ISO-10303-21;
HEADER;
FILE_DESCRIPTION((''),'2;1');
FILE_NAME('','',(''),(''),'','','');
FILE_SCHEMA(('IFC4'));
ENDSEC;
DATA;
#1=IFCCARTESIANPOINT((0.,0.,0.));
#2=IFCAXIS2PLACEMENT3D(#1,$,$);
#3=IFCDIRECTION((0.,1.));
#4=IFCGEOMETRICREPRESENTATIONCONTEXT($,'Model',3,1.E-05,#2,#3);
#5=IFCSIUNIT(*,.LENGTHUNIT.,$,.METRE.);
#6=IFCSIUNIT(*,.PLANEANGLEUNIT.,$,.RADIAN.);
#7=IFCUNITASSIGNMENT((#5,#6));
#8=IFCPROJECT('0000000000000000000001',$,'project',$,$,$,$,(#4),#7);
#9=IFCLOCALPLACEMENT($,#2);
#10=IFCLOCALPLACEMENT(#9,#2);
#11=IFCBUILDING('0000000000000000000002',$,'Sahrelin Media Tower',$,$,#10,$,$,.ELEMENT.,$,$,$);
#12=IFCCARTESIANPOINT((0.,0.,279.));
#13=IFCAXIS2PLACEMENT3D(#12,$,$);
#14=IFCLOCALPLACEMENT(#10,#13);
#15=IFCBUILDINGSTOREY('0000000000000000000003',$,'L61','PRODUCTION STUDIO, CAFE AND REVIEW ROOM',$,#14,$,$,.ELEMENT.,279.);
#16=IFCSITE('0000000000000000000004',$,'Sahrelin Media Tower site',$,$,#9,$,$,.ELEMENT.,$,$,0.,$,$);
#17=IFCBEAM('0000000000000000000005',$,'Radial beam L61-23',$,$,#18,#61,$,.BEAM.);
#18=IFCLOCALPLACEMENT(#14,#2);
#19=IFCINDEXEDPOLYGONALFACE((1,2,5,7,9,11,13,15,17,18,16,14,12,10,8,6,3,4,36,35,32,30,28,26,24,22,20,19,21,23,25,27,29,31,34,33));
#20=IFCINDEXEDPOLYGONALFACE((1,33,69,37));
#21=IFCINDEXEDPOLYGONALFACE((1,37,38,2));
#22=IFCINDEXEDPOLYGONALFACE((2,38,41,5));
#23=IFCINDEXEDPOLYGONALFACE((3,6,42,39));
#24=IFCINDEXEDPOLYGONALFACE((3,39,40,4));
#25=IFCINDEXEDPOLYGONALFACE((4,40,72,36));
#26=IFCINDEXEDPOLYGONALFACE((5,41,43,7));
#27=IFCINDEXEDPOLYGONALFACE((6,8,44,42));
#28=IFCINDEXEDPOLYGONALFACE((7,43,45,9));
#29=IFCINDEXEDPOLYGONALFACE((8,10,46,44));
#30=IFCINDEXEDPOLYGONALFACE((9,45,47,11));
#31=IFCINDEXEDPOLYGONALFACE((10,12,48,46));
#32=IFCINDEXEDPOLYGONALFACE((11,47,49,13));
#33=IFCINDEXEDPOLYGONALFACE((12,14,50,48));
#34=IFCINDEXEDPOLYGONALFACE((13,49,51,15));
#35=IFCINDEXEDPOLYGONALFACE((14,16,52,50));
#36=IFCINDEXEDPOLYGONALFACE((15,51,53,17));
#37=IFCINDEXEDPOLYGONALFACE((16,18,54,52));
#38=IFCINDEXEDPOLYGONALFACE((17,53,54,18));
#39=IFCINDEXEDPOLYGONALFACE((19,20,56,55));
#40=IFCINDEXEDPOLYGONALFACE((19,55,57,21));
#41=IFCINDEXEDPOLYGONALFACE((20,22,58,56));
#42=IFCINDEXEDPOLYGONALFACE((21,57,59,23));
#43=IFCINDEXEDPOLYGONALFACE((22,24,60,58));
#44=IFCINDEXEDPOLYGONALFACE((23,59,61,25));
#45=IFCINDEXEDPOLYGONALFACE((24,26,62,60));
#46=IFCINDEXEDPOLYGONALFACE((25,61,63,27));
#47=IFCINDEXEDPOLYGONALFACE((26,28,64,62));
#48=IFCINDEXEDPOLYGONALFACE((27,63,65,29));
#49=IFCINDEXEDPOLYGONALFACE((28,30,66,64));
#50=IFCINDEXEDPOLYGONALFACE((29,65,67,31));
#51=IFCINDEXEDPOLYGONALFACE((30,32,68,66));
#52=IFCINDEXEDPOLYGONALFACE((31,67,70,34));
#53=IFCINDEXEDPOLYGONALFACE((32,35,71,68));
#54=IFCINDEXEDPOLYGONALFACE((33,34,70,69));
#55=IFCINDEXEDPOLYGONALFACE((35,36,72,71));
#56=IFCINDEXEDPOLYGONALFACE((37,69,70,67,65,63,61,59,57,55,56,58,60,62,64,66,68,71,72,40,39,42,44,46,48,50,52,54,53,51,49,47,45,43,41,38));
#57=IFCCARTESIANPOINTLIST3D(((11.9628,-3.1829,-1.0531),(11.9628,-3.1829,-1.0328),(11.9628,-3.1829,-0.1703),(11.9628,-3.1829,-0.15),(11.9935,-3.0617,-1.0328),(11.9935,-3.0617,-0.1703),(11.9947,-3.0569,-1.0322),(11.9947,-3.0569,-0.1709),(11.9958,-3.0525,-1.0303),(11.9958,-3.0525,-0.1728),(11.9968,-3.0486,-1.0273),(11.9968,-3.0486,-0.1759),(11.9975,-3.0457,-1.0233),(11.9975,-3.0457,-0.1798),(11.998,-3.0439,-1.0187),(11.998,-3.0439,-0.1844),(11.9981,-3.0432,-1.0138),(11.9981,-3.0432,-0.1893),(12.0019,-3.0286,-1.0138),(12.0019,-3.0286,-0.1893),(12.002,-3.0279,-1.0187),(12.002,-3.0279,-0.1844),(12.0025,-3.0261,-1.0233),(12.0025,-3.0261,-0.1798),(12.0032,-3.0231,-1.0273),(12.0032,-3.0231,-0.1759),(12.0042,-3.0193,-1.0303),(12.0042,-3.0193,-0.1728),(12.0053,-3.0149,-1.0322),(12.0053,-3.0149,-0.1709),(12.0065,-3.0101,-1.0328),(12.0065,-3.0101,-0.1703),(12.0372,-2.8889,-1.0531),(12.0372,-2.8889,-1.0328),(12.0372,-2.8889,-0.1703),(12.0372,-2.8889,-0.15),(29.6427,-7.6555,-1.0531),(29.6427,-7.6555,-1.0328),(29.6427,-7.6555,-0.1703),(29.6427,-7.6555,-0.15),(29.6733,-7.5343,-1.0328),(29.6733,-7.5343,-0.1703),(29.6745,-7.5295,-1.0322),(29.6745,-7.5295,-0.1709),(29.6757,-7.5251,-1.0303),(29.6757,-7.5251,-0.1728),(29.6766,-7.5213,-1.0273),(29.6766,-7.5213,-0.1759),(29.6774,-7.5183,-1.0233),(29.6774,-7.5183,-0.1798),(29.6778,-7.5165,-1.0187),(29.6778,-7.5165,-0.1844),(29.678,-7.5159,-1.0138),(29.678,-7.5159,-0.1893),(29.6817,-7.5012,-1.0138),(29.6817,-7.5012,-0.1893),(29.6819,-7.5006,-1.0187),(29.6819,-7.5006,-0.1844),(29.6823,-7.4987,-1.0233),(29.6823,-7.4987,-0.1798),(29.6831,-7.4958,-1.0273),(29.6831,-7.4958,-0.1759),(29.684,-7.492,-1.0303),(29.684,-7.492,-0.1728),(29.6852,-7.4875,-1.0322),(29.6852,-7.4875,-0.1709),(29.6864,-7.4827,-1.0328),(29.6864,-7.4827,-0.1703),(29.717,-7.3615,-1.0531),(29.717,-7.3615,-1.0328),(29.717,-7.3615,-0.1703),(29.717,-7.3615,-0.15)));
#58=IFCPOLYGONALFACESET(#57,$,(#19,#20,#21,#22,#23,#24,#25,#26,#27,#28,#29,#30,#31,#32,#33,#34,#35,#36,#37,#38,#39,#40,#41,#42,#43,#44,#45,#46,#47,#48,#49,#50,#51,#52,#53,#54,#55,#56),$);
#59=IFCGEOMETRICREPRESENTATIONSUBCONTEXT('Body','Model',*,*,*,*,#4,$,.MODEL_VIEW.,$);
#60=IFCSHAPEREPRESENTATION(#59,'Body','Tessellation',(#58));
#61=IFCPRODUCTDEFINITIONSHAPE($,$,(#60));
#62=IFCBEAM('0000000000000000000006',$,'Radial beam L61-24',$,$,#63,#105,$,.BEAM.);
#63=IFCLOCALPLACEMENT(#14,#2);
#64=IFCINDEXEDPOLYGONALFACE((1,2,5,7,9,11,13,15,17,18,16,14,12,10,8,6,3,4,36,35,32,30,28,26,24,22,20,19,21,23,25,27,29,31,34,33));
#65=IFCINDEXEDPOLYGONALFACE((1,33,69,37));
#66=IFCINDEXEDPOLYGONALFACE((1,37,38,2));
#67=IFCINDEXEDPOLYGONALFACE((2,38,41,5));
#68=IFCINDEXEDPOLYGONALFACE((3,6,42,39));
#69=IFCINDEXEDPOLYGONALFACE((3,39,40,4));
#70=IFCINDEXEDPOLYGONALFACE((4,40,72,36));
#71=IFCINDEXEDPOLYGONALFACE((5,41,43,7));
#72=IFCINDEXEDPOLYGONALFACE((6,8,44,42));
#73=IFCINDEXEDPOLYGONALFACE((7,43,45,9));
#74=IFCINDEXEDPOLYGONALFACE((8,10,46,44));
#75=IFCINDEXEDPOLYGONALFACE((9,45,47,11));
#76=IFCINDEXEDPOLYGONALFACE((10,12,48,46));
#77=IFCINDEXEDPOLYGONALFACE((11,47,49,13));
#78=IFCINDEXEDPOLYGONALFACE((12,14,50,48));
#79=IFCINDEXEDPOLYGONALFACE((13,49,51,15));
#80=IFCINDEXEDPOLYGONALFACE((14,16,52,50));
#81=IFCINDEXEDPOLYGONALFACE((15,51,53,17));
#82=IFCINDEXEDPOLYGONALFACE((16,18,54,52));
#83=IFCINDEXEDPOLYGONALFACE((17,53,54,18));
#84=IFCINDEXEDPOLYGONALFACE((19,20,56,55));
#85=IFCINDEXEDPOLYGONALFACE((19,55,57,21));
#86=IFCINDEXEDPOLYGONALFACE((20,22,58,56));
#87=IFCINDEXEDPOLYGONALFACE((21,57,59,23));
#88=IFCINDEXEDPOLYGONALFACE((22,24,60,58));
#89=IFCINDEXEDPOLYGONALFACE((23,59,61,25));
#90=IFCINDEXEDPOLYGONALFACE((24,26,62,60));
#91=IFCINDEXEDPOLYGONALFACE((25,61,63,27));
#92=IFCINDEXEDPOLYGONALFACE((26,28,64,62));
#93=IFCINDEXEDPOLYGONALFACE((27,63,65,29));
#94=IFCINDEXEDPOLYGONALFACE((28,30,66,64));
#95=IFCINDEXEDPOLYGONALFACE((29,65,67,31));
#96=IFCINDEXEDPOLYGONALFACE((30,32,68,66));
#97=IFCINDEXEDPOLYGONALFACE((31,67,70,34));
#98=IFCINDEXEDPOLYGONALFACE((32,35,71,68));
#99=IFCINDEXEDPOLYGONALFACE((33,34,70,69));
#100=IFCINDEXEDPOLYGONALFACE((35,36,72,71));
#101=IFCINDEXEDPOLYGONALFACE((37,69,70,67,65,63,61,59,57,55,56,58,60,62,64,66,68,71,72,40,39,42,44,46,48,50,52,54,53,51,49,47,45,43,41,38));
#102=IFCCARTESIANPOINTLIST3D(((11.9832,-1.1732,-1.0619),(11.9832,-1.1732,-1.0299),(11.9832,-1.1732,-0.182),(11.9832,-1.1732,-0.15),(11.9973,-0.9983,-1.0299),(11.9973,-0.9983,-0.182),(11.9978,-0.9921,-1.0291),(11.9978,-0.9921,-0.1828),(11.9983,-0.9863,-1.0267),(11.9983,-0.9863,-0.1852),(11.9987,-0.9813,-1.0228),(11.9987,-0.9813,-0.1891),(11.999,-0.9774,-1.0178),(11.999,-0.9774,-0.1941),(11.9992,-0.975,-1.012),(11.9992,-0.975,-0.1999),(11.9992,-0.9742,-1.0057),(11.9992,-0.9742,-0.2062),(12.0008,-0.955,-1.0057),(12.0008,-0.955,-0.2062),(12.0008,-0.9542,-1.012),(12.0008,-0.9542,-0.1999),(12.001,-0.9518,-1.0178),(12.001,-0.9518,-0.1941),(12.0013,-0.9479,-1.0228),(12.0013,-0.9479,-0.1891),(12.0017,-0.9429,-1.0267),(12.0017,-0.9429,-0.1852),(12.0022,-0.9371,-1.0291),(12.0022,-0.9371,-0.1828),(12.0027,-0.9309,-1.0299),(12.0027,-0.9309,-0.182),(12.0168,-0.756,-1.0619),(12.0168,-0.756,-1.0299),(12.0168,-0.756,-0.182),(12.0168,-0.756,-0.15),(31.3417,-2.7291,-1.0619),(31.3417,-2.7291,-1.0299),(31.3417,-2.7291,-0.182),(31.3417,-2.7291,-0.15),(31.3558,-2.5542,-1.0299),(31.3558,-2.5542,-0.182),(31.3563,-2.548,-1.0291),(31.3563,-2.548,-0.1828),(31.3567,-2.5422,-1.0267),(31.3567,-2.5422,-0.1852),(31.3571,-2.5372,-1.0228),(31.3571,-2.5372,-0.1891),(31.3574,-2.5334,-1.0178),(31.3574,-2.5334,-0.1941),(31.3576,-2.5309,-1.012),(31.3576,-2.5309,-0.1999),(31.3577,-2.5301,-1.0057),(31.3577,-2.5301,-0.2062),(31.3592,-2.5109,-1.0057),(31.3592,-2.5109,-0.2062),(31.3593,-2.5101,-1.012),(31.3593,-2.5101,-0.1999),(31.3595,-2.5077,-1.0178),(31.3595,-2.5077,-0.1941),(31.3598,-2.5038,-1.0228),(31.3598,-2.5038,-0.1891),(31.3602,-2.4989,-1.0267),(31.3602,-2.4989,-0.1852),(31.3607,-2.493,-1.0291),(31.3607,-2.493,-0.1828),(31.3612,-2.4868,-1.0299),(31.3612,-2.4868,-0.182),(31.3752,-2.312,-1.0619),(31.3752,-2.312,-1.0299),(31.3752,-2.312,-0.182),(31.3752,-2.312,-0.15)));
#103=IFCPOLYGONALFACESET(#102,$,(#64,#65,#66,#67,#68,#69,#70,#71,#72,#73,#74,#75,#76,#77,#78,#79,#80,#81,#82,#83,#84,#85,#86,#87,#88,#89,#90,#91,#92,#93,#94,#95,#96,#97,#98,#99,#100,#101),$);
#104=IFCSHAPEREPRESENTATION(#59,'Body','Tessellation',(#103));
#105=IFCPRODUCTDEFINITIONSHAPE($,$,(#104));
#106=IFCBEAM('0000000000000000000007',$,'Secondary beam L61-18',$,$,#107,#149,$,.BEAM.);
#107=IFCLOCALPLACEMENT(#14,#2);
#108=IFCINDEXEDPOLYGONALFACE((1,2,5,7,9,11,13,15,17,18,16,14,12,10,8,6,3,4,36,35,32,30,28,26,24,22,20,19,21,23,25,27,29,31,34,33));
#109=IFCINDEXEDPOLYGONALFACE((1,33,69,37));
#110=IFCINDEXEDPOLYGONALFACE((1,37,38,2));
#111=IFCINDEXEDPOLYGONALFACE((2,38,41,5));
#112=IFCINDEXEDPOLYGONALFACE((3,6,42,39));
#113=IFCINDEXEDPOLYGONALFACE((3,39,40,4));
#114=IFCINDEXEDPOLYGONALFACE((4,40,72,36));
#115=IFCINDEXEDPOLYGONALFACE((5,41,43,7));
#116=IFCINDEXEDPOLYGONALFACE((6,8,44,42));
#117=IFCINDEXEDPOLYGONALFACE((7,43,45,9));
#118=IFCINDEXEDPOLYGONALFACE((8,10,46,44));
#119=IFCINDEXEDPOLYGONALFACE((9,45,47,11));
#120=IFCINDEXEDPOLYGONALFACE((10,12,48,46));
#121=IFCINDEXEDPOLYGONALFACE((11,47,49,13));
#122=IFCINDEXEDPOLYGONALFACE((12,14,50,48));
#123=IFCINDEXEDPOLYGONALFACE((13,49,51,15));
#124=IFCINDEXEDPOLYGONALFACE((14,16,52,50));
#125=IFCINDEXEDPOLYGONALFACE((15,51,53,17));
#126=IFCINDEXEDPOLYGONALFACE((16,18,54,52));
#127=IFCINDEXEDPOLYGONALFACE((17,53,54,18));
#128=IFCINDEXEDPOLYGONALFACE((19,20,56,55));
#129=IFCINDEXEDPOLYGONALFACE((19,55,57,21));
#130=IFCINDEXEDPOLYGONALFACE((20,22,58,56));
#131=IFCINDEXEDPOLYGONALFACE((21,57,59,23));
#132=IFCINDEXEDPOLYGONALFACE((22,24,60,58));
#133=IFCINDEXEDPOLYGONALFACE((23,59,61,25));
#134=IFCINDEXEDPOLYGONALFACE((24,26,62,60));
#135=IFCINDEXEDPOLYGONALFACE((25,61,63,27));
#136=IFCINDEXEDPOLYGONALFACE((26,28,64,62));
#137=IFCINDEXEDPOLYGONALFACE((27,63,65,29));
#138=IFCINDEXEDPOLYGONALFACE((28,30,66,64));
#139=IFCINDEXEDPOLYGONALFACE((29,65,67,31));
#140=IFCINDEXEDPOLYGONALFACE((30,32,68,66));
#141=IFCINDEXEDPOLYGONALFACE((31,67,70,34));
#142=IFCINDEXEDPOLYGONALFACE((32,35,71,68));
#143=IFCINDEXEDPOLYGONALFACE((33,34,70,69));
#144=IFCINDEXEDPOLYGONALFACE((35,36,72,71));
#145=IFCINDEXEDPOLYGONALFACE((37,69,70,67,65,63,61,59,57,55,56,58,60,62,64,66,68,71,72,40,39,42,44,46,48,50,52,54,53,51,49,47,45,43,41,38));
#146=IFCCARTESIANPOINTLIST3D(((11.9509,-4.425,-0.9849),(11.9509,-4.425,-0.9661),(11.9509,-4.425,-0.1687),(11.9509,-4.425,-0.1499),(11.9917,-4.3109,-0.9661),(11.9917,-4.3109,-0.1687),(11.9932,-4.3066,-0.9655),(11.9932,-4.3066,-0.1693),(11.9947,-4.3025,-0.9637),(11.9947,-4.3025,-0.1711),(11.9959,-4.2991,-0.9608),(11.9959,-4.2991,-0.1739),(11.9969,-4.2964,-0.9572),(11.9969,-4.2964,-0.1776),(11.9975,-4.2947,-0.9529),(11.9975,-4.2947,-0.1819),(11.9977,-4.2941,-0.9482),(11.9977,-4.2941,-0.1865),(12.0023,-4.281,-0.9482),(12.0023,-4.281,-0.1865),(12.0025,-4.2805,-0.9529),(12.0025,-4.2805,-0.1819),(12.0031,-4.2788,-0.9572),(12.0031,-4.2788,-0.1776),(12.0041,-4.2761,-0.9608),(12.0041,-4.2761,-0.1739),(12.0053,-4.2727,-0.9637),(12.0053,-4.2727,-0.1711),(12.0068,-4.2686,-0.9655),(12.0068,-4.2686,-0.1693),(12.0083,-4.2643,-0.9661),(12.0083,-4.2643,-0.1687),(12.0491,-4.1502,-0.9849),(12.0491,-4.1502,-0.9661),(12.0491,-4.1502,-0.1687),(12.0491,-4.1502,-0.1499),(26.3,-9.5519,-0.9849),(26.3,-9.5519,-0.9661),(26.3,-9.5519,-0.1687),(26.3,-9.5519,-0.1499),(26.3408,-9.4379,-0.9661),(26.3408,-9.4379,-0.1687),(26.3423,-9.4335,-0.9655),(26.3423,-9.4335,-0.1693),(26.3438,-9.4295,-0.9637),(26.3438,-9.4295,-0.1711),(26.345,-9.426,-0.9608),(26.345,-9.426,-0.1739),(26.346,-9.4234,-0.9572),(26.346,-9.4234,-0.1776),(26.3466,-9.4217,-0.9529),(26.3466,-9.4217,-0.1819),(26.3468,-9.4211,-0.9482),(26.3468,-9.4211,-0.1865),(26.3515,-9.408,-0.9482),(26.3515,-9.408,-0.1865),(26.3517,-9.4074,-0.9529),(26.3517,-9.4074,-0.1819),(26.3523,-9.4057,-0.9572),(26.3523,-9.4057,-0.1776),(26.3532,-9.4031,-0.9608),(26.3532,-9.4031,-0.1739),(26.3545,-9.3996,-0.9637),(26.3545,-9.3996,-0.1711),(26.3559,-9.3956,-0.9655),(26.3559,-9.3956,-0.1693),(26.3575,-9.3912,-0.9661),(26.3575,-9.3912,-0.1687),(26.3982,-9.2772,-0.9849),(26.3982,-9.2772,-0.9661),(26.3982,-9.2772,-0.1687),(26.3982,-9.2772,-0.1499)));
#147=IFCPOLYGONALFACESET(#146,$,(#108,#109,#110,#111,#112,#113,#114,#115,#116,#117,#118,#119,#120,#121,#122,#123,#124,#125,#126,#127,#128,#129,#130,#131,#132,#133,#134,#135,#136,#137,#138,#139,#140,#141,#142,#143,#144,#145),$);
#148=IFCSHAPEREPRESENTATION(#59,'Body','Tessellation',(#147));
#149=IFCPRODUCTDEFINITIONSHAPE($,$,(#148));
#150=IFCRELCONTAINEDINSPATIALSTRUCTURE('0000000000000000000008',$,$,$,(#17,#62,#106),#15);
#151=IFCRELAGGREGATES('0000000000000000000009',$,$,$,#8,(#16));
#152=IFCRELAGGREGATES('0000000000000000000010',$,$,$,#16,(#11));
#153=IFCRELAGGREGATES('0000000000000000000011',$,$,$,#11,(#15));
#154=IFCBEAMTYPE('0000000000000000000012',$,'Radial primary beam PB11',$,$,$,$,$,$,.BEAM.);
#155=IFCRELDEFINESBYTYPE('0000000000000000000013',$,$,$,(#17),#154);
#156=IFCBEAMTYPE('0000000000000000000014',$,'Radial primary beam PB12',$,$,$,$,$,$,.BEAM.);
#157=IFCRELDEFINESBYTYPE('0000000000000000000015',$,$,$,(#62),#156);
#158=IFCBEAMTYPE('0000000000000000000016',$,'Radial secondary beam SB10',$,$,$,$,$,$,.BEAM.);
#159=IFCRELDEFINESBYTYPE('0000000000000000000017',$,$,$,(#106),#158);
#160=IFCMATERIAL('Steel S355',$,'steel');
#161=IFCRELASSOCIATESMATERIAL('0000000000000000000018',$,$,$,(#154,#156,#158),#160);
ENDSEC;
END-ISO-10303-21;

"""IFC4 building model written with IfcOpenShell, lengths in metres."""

from ifc_helpers import new_model, si_unit, direction, frame, origin, origin_2d, place, context, subcontext, project, spatial, i_section, extrude, material, material_profile, profile_set, type_object, element, save


model = new_model("IFC4")

# Units and contexts
model_context = context("Model", 3, precision=1e-05, world=origin(), true_north=direction((0.0, 1.0)))
body_context = subcontext(model_context, "Body", "Model", "MODEL_VIEW")
ifc_project = project(units=[si_unit("LENGTHUNIT", "METRE"), si_unit("PLANEANGLEUNIT", "RADIAN")], contexts=[model_context])

# Site, building, storey
site_placement = place(None, origin())
site = spatial("IfcSite", under=ifc_project, at=site_placement, Name="Sahrelin Media Tower site", CompositionType="ELEMENT", RefElevation=0.0)
building_placement = place(site_placement, origin())
building = spatial("IfcBuilding", under=site, at=building_placement, Name="Sahrelin Media Tower", CompositionType="ELEMENT")
storey_placement = place(building_placement, frame((0.0, 0.0, 279.0)))
storey = spatial("IfcBuildingStorey", under=building, at=storey_placement, Name="L61", Description="PRODUCTION STUDIO, CAFE AND REVIEW ROOM", CompositionType="ELEMENT", Elevation=279.0)

# Beams
ifc_material_1 = material(Name="Steel S355", Category="steel")
ifc_material_profile_1 = material_profile(ifc_material_1, i_section(OverallWidth=0.3032, OverallDepth=0.9031, WebThickness=0.0151, FlangeThickness=0.0203, FilletRadius=0.019, at=origin_2d()), Name="UB 914x305x201")
ifc_profile_set_1 = profile_set([ifc_material_profile_1], Name="Steel S355")
beam_type_1 = type_object("IfcBeamType", Name="Radial primary beam PB11", PredefinedType="BEAM", material=ifc_profile_set_1)
beam_1_placement = place(storey_placement, frame((12.0, -3.0359, -0.6016), z_axis=(0.969459, -0.245253, 0.0), x_axis=(0.245253, 0.969459, 0.0)))
element("IfcBeam", 1, at=beam_1_placement, inside=storey, type_object=beam_type_1, Name="Radial beam L61-23", PredefinedType="BEAM", context=body_context, shape_type="SweptSolid", body=[
    extrude(i_section(OverallWidth=0.3032, OverallDepth=0.9031, WebThickness=0.0151, FlangeThickness=0.0203, FilletRadius=0.019, at=origin_2d()), origin(), (0.0, 0.0, 1.0), 18.2368),
])
ifc_material_profile_2 = material_profile(ifc_material_1, i_section(OverallWidth=0.4185, OverallDepth=0.9119, WebThickness=0.0193, FlangeThickness=0.032, FilletRadius=0.0242, at=origin_2d()), Name="UB 914x419x343")
ifc_profile_set_2 = profile_set([ifc_material_profile_2], Name="Steel S355")
beam_type_2 = type_object("IfcBeamType", Name="Radial primary beam PB12", PredefinedType="BEAM", material=ifc_profile_set_2)
beam_2_placement = place(storey_placement, frame((12.0, -0.9646, -0.606), z_axis=(0.996786, -0.080115, 0.0), x_axis=(0.080115, 0.996786, 0.0)))
element("IfcBeam", 2, at=beam_2_placement, inside=storey, type_object=beam_type_2, Name="Radial beam L61-24", PredefinedType="BEAM", context=body_context, shape_type="SweptSolid", body=[
    extrude(i_section(OverallWidth=0.4185, OverallDepth=0.9119, WebThickness=0.0193, FlangeThickness=0.032, FilletRadius=0.0242, at=origin_2d()), origin(), (0.0, 0.0, 1.0), 19.4209),
])
ifc_material_profile_3 = material_profile(ifc_material_1, i_section(OverallWidth=0.2917, OverallDepth=0.835, WebThickness=0.0139, FlangeThickness=0.0188, FilletRadius=0.0178, at=origin_2d()), Name="UB 838x292x176")
ifc_profile_set_3 = profile_set([ifc_material_profile_3], Name="Steel S355")
beam_type_3 = type_object("IfcBeamType", Name="Radial secondary beam SB10", PredefinedType="BEAM", material=ifc_profile_set_3)
beam_3_placement = place(storey_placement, frame((12.0, -4.2876, -0.5674), z_axis=(0.941695, -0.336468, 0.0), x_axis=(0.336468, 0.941695, 0.0)))
element("IfcBeam", 3, at=beam_3_placement, inside=storey, type_object=beam_type_3, Name="Secondary beam L61-18", PredefinedType="BEAM", context=body_context, shape_type="SweptSolid", body=[
    extrude(i_section(OverallWidth=0.2917, OverallDepth=0.835, WebThickness=0.0139, FlangeThickness=0.0188, FilletRadius=0.0178, at=origin_2d()), origin(), (0.0, 0.0, 1.0), 15.2375),
])

save(model, "model.ifc")
